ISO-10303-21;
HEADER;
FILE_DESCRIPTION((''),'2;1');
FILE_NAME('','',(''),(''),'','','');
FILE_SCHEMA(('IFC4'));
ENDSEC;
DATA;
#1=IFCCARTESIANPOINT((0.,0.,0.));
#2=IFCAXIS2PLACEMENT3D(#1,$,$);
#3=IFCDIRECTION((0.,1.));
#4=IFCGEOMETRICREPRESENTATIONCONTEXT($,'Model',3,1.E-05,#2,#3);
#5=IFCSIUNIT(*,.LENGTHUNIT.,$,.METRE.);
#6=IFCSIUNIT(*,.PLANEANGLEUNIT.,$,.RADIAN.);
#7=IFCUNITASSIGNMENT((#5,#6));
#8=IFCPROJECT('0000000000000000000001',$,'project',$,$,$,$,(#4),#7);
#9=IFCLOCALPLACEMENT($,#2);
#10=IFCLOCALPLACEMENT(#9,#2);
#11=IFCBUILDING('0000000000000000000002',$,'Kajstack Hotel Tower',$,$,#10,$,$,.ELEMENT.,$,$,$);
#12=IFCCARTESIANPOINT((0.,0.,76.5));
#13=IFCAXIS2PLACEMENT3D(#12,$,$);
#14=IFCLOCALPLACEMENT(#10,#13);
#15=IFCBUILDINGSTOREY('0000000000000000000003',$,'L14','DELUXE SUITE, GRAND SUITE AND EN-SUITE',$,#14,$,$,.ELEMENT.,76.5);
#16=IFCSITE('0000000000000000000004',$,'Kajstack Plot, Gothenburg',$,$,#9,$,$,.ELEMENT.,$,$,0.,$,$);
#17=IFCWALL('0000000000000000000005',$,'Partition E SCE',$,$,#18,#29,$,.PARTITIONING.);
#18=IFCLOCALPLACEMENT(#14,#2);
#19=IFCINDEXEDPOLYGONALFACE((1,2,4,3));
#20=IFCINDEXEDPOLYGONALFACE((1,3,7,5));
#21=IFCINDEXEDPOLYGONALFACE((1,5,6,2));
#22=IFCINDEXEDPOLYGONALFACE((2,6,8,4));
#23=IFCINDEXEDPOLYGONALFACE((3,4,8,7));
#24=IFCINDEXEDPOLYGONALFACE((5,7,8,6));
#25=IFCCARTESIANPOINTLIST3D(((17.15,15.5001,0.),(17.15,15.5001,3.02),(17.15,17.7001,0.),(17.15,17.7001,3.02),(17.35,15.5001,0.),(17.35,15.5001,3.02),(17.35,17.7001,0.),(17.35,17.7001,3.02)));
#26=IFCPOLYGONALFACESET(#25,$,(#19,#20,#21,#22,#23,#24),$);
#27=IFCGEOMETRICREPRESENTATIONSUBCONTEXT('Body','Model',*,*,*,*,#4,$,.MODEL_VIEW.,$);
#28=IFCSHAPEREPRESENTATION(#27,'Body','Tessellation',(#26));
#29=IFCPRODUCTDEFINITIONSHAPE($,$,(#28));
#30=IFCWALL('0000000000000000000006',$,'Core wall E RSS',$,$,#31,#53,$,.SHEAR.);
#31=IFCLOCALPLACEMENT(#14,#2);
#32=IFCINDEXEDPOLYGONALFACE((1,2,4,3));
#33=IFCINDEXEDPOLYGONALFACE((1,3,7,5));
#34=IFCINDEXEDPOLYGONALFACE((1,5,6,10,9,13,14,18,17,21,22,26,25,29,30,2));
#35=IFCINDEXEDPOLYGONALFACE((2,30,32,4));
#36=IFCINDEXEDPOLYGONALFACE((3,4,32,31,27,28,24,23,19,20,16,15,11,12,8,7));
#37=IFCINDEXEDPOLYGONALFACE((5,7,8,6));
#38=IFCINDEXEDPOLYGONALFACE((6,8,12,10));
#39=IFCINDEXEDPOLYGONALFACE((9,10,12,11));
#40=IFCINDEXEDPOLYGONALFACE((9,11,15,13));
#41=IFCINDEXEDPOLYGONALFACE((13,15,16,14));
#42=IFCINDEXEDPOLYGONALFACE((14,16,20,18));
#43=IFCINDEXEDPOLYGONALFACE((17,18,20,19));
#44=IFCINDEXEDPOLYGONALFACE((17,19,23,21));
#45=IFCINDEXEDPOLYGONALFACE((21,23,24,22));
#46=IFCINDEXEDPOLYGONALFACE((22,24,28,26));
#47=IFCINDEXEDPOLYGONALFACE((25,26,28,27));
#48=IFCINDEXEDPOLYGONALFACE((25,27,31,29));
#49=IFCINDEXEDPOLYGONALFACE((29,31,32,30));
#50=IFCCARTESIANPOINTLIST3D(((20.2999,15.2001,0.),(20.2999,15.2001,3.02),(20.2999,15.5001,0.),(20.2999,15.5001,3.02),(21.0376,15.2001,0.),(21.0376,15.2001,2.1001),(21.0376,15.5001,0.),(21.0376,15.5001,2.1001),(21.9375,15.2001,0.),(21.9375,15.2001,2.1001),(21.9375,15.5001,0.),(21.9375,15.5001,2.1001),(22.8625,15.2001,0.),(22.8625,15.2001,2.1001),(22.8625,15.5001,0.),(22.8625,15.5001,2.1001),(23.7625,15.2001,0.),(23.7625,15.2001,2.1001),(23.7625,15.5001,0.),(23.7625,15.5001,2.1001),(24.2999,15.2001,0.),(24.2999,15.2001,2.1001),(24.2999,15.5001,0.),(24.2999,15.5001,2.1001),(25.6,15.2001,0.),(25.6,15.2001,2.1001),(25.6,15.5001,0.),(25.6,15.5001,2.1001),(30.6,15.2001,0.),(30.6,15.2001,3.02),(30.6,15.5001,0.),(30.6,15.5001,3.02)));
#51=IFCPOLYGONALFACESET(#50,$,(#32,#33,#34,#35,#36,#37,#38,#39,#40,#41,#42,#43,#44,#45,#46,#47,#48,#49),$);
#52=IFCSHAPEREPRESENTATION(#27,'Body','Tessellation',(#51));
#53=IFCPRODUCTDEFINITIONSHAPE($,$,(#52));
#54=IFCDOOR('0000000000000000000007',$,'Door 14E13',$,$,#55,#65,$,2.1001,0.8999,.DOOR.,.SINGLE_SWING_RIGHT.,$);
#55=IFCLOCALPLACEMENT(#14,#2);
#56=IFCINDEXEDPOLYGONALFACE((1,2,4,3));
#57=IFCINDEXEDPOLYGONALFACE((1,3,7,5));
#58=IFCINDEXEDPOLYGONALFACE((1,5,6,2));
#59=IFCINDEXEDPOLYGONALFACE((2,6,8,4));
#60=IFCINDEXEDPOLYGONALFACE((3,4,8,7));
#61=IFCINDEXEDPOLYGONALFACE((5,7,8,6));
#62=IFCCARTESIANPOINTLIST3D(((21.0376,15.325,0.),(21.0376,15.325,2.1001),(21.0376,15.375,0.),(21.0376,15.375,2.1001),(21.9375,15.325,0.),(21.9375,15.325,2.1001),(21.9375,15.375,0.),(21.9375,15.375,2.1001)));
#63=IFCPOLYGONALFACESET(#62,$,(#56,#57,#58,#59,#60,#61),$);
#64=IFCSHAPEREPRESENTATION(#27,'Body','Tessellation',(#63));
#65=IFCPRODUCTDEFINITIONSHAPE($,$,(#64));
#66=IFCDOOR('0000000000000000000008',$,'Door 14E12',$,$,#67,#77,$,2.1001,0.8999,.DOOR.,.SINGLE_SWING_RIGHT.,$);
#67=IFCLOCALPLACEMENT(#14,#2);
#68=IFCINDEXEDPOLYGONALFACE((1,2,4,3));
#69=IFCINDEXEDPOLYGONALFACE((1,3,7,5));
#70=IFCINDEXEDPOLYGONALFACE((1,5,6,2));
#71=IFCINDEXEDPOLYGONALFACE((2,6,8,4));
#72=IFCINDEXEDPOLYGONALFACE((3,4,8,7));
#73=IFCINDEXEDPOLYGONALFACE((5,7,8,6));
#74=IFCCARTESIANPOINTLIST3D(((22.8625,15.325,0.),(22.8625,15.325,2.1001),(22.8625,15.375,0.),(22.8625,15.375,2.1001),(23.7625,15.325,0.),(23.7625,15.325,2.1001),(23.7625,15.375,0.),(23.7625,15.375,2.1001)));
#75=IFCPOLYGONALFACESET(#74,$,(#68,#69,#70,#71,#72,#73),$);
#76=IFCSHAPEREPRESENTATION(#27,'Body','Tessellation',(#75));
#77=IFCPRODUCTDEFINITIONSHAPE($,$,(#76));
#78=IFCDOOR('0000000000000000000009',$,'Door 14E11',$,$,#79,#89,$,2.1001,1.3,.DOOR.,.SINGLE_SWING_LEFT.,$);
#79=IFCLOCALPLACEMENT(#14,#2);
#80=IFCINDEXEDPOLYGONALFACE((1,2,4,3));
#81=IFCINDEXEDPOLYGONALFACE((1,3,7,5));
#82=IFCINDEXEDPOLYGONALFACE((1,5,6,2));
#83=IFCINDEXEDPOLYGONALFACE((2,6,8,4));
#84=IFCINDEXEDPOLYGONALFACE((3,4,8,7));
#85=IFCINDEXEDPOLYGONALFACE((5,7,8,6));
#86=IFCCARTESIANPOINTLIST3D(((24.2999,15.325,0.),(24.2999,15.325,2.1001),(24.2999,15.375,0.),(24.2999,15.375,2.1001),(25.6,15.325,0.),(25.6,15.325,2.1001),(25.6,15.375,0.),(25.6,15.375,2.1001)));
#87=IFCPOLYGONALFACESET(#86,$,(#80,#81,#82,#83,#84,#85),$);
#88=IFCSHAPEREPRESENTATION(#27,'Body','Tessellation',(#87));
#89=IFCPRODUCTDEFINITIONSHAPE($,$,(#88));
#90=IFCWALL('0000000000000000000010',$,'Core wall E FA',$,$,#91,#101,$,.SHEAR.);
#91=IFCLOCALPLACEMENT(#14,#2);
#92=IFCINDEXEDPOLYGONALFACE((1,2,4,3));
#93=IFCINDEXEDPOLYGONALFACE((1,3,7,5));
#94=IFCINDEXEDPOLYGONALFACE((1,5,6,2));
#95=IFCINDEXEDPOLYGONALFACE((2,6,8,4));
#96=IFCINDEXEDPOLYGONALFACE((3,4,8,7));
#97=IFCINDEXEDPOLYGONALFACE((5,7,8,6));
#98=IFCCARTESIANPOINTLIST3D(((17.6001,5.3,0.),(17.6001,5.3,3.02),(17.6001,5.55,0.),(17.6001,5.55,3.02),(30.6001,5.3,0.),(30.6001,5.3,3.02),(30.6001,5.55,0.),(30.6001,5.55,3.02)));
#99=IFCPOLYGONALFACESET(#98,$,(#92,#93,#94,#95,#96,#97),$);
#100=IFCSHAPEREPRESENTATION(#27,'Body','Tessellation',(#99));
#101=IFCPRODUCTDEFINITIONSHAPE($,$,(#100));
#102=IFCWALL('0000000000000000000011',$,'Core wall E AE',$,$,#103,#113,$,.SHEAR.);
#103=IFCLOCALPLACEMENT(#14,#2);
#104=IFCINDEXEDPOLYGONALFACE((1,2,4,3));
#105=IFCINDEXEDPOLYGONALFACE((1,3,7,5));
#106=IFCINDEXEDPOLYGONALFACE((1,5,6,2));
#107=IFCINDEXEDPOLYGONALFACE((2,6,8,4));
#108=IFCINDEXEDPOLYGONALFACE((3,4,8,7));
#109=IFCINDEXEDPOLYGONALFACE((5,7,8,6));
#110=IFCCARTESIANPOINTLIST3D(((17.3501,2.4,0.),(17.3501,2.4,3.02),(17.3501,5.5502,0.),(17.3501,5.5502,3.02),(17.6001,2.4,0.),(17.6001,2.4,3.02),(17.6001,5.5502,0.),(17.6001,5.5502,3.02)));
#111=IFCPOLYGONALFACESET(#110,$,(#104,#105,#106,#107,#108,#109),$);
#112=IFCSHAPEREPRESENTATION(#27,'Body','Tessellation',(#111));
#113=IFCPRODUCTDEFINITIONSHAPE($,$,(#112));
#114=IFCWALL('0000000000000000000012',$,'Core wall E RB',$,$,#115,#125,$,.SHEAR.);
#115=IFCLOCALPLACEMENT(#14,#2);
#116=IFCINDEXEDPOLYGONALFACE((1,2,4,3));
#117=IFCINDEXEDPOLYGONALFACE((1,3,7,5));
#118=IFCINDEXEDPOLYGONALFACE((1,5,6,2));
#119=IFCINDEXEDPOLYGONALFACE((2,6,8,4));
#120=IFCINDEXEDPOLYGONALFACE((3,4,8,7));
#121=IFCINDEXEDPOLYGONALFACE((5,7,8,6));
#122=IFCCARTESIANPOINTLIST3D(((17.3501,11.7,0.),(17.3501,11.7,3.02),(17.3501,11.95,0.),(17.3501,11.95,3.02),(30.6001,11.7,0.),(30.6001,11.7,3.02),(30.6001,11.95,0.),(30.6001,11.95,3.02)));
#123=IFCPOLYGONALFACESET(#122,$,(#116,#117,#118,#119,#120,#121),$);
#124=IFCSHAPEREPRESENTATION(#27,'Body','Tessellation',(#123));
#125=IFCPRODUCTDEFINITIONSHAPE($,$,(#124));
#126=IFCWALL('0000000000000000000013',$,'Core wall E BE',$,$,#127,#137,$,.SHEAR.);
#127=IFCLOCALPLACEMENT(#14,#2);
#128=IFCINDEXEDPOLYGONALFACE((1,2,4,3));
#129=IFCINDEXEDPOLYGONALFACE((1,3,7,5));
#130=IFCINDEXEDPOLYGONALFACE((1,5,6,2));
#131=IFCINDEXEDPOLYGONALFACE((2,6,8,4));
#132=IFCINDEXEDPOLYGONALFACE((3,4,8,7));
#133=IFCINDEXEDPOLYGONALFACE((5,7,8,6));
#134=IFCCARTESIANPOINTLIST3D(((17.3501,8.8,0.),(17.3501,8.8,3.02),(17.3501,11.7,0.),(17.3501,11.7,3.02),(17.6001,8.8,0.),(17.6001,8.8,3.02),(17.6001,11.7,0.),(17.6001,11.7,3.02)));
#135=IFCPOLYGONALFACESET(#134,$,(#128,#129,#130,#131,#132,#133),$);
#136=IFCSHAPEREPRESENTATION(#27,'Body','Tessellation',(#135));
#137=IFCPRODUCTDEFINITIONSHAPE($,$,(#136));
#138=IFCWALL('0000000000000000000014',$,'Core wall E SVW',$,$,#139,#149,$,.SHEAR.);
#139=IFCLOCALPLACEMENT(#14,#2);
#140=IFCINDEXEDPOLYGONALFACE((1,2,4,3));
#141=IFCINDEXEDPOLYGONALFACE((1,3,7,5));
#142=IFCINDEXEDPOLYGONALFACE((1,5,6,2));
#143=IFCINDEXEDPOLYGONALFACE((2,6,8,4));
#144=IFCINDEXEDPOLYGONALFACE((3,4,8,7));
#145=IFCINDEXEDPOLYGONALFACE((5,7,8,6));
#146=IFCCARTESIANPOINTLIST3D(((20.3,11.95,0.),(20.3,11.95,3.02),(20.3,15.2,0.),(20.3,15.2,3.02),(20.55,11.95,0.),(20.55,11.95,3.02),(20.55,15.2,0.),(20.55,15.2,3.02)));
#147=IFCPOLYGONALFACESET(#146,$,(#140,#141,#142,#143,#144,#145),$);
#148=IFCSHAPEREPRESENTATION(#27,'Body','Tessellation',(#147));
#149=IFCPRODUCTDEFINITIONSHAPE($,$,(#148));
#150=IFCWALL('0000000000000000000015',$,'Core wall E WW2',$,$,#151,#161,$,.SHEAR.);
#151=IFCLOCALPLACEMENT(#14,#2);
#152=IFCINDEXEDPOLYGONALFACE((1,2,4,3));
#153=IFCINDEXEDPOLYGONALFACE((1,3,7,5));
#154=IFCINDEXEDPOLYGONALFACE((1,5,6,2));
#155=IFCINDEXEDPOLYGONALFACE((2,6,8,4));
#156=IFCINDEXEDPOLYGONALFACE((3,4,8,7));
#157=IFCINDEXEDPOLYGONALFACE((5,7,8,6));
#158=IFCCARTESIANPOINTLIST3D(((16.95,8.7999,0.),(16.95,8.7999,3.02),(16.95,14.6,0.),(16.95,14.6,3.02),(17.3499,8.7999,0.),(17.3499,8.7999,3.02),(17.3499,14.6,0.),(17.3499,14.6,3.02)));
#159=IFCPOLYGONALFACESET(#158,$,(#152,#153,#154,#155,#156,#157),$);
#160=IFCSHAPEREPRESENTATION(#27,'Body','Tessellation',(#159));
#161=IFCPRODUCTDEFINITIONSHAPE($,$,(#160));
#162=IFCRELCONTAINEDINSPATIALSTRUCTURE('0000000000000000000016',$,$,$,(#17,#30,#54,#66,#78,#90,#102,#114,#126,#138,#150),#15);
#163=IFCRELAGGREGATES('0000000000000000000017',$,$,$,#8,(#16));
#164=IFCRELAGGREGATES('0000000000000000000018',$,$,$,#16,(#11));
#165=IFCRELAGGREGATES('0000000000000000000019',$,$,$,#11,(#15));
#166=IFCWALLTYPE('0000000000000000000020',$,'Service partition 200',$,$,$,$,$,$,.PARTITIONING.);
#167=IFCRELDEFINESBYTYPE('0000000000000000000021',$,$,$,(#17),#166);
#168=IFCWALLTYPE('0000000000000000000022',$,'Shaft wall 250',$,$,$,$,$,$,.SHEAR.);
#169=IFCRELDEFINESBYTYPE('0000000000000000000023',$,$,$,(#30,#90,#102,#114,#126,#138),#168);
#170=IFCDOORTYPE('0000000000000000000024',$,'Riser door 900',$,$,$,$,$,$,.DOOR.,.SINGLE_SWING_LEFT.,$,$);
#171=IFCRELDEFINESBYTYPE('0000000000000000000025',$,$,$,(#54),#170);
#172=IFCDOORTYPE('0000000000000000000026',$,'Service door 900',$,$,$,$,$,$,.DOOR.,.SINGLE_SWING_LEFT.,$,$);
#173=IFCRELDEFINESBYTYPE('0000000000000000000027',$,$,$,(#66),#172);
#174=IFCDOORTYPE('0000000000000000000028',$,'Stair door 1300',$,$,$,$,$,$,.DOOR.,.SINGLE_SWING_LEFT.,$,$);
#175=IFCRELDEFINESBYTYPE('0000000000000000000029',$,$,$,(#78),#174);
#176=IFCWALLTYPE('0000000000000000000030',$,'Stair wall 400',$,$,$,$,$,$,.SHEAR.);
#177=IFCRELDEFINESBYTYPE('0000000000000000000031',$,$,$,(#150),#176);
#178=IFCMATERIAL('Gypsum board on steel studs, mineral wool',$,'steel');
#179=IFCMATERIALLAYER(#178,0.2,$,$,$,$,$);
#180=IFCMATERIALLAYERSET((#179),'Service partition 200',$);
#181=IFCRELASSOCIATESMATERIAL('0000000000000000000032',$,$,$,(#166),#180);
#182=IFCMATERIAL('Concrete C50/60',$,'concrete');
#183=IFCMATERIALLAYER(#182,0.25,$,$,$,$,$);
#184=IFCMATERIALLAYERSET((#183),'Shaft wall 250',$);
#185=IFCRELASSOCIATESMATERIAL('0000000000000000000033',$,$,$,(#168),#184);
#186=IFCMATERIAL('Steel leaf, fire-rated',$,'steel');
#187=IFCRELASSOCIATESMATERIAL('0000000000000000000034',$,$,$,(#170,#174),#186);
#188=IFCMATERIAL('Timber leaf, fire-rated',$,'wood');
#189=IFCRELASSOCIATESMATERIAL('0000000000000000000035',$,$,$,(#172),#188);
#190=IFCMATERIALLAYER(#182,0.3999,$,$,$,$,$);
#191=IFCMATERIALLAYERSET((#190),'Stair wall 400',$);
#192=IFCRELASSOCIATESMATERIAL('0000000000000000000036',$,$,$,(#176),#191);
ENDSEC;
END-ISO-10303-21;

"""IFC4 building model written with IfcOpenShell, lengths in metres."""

from ifc_helpers import new_model, si_unit, direction, frame, frame_2d, origin, place, context, subcontext, project, spatial, rectangle, extrude, material, layer, layer_set, type_object, element, fill, save


model = new_model("IFC4")

# Units and contexts
model_context = context("Model", 3, precision=1e-05, world=origin(), true_north=direction((0.0, 1.0)))
body_context = subcontext(model_context, "Body", "Model", "MODEL_VIEW")
ifc_project = project(units=[si_unit("LENGTHUNIT", "METRE"), si_unit("PLANEANGLEUNIT", "RADIAN")], contexts=[model_context])

# Site, building, storey
site_placement = place(None, origin())
site = spatial("IfcSite", under=ifc_project, at=site_placement, Name="Kajstack Plot, Gothenburg", CompositionType="ELEMENT", RefElevation=0.0)
building_placement = place(site_placement, origin())
building = spatial("IfcBuilding", under=site, at=building_placement, Name="Kajstack Hotel Tower", CompositionType="ELEMENT")
storey_placement = place(building_placement, frame((0.0, 0.0, 76.5)))
storey = spatial("IfcBuildingStorey", under=building, at=storey_placement, Name="L14", Description="DELUXE SUITE, GRAND SUITE AND EN-SUITE", CompositionType="ELEMENT", Elevation=76.5)

# Wall
ifc_material_1 = material(Name="Gypsum board on steel studs, mineral wool", Category="steel")
ifc_layer_1 = layer(ifc_material_1, 0.2)
ifc_layer_set_1 = layer_set([ifc_layer_1], Name="Service partition 200")
wall_type_1 = type_object("IfcWallType", Name="Service partition 200", PredefinedType="PARTITIONING", material=ifc_layer_set_1)
wall_1_placement = place(storey_placement, frame((17.25, 15.5, 0.0), z_axis=(0.0, 0.0, 1.0), x_axis=(0.0, 1.0, 0.0)))
element("IfcWall", 1, at=wall_1_placement, inside=storey, type_object=wall_type_1, Name="Partition E SCE", PredefinedType="PARTITIONING", context=body_context, shape_type="SweptSolid", body=[
    extrude(rectangle(XDim=2.2, YDim=0.2, at=frame_2d((1.1001, 0.0))), origin(), (0.0, 0.0, 1.0), 3.02),
])

# Wall, openings, doors
ifc_material_2 = material(Name="Concrete C50/60", Category="concrete")
ifc_layer_2 = layer(ifc_material_2, 0.25)
ifc_layer_set_2 = layer_set([ifc_layer_2], Name="Shaft wall 250")
wall_type_2 = type_object("IfcWallType", Name="Shaft wall 250", PredefinedType="SHEAR", material=ifc_layer_set_2)
wall_2_placement = place(storey_placement, frame((20.3, 15.3501, 0.0), z_axis=(0.0, 0.0, 1.0), x_axis=(1.0, 0.0, 0.0)))
wall_2 = element("IfcWall", 2, at=wall_2_placement, inside=storey, type_object=wall_type_2, Name="Core wall E RSS", PredefinedType="SHEAR", context=body_context, shape_type="SweptSolid", body=[
    extrude(rectangle(XDim=10.3, YDim=0.3, at=frame_2d((5.1499, 0.0))), origin(), (0.0, 0.0, 1.0), 3.02),
])
opening_1_placement = place(wall_2_placement, frame((4.0, 0.0, 0.0)))
opening_1 = element("IfcOpeningElement", 3, at=opening_1_placement, cuts=wall_2, PredefinedType="OPENING", context=body_context, shape_type="SweptSolid", body=[
    extrude(rectangle(XDim=1.3, YDim=2.1001, at=frame_2d((0.6499, 1.05))), frame((0.0, 0.1599, 0.0), z_axis=(0.0, -1.0, 0.0), x_axis=(1.0, 0.0, 0.0)), (0.0, 0.0, 1.0), 0.3201),
])
opening_2_placement = place(wall_2_placement, frame((2.5625, 0.0, 0.0)))
opening_2 = element("IfcOpeningElement", 4, at=opening_2_placement, cuts=wall_2, PredefinedType="OPENING", context=body_context, shape_type="SweptSolid", body=[
    extrude(rectangle(XDim=0.8999, YDim=2.1001, at=frame_2d((0.45, 1.05))), frame((0.0, 0.1599, 0.0), z_axis=(0.0, -1.0, 0.0), x_axis=(1.0, 0.0, 0.0)), (0.0, 0.0, 1.0), 0.3201),
])
opening_3_placement = place(wall_2_placement, frame((0.7375, 0.0, 0.0)))
opening_3 = element("IfcOpeningElement", 5, at=opening_3_placement, cuts=wall_2, PredefinedType="OPENING", context=body_context, shape_type="SweptSolid", body=[
    extrude(rectangle(XDim=0.8999, YDim=2.1001, at=frame_2d((0.45, 1.05))), frame((0.0, 0.1599, 0.0), z_axis=(0.0, -1.0, 0.0), x_axis=(1.0, 0.0, 0.0)), (0.0, 0.0, 1.0), 0.3201),
])
ifc_material_3 = material(Name="Steel leaf, fire-rated", Category="steel")
door_type_1 = type_object("IfcDoorType", Name="Riser door 900", OperationType="SINGLE_SWING_LEFT", PredefinedType="DOOR", material=ifc_material_3)
door_1_placement = place(opening_3_placement, origin())
door_1 = element("IfcDoor", 6, at=door_1_placement, inside=storey, type_object=door_type_1, Name="Door 14E13", OperationType="SINGLE_SWING_RIGHT", OverallHeight=2.1001, OverallWidth=0.8999, PredefinedType="DOOR", context=body_context, shape_type="SweptSolid", body=[
    extrude(rectangle(XDim=0.8999, YDim=2.1001, at=frame_2d((0.45, 1.05))), frame((0.0, 0.0249, 0.0), z_axis=(0.0, -1.0, 0.0), x_axis=(1.0, 0.0, 0.0)), (0.0, 0.0, 1.0), 0.05),
])
fill(opening_3, door_1)
ifc_material_4 = material(Name="Timber leaf, fire-rated", Category="wood")
door_type_2 = type_object("IfcDoorType", Name="Service door 900", OperationType="SINGLE_SWING_LEFT", PredefinedType="DOOR", material=ifc_material_4)
door_2_placement = place(opening_2_placement, origin())
door_2 = element("IfcDoor", 7, at=door_2_placement, inside=storey, type_object=door_type_2, Name="Door 14E12", OperationType="SINGLE_SWING_RIGHT", OverallHeight=2.1001, OverallWidth=0.8999, PredefinedType="DOOR", context=body_context, shape_type="SweptSolid", body=[
    extrude(rectangle(XDim=0.8999, YDim=2.1001, at=frame_2d((0.45, 1.05))), frame((0.0, 0.0249, 0.0), z_axis=(0.0, -1.0, 0.0), x_axis=(1.0, 0.0, 0.0)), (0.0, 0.0, 1.0), 0.05),
])
fill(opening_2, door_2)
door_type_3 = type_object("IfcDoorType", Name="Stair door 1300", OperationType="SINGLE_SWING_LEFT", PredefinedType="DOOR", material=ifc_material_3)
door_3_placement = place(opening_1_placement, origin())
door_3 = element("IfcDoor", 8, at=door_3_placement, inside=storey, type_object=door_type_3, Name="Door 14E11", OperationType="SINGLE_SWING_LEFT", OverallHeight=2.1001, OverallWidth=1.3, PredefinedType="DOOR", context=body_context, shape_type="SweptSolid", body=[
    extrude(rectangle(XDim=1.3, YDim=2.1001, at=frame_2d((0.6499, 1.05))), frame((0.0, 0.0249, 0.0), z_axis=(0.0, -1.0, 0.0), x_axis=(1.0, 0.0, 0.0)), (0.0, 0.0, 1.0), 0.05),
])
fill(opening_1, door_3)

# Walls
wall_3_placement = place(storey_placement, frame((17.6001, 5.425, 0.0), z_axis=(0.0, 0.0, 1.0), x_axis=(1.0, 0.0, 0.0)))
element("IfcWall", 9, at=wall_3_placement, inside=storey, type_object=wall_type_2, Name="Core wall E FA", PredefinedType="SHEAR", context=body_context, shape_type="SweptSolid", body=[
    extrude(rectangle(XDim=13.0, YDim=0.25, at=frame_2d((6.5, 0.0))), origin(), (0.0, 0.0, 1.0), 3.02),
])
wall_4_placement = place(storey_placement, frame((17.4751, 2.3999, 0.0), z_axis=(0.0, 0.0, 1.0), x_axis=(0.0, 1.0, 0.0)))
element("IfcWall", 10, at=wall_4_placement, inside=storey, type_object=wall_type_2, Name="Core wall E AE", PredefinedType="SHEAR", context=body_context, shape_type="SweptSolid", body=[
    extrude(rectangle(XDim=3.1501, YDim=0.25, at=frame_2d((1.5752, 0.0))), origin(), (0.0, 0.0, 1.0), 3.02),
])
wall_5_placement = place(storey_placement, frame((17.3501, 11.825, 0.0), z_axis=(0.0, 0.0, 1.0), x_axis=(1.0, 0.0, 0.0)))
element("IfcWall", 11, at=wall_5_placement, inside=storey, type_object=wall_type_2, Name="Core wall E RB", PredefinedType="SHEAR", context=body_context, shape_type="SweptSolid", body=[
    extrude(rectangle(XDim=13.25, YDim=0.25, at=frame_2d((6.625, 0.0))), origin(), (0.0, 0.0, 1.0), 3.02),
])
wall_6_placement = place(storey_placement, frame((17.4751, 8.8, 0.0), z_axis=(0.0, 0.0, 1.0), x_axis=(0.0, 1.0, 0.0)))
element("IfcWall", 12, at=wall_6_placement, inside=storey, type_object=wall_type_2, Name="Core wall E BE", PredefinedType="SHEAR", context=body_context, shape_type="SweptSolid", body=[
    extrude(rectangle(XDim=2.8999, YDim=0.25, at=frame_2d((1.45, 0.0))), origin(), (0.0, 0.0, 1.0), 3.02),
])
wall_7_placement = place(storey_placement, frame((20.425, 11.95, 0.0), z_axis=(0.0, 0.0, 1.0), x_axis=(0.0, 1.0, 0.0)))
element("IfcWall", 13, at=wall_7_placement, inside=storey, type_object=wall_type_2, Name="Core wall E SVW", PredefinedType="SHEAR", context=body_context, shape_type="SweptSolid", body=[
    extrude(rectangle(XDim=3.25, YDim=0.25, at=frame_2d((1.625, 0.0))), origin(), (0.0, 0.0, 1.0), 3.02),
])
ifc_layer_3 = layer(ifc_material_2, 0.3999)
ifc_layer_set_3 = layer_set([ifc_layer_3], Name="Stair wall 400")
wall_type_3 = type_object("IfcWallType", Name="Stair wall 400", PredefinedType="SHEAR", material=ifc_layer_set_3)
wall_8_placement = place(storey_placement, frame((17.1499, 8.8, 0.0), z_axis=(0.0, 0.0, 1.0), x_axis=(0.0, 1.0, 0.0)))
element("IfcWall", 14, at=wall_8_placement, inside=storey, type_object=wall_type_3, Name="Core wall E WW2", PredefinedType="SHEAR", context=body_context, shape_type="SweptSolid", body=[
    extrude(rectangle(XDim=5.8, YDim=0.3999, at=frame_2d((2.8999, 0.0))), origin(), (0.0, 0.0, 1.0), 3.02),
])

save(model, "model.ifc")
